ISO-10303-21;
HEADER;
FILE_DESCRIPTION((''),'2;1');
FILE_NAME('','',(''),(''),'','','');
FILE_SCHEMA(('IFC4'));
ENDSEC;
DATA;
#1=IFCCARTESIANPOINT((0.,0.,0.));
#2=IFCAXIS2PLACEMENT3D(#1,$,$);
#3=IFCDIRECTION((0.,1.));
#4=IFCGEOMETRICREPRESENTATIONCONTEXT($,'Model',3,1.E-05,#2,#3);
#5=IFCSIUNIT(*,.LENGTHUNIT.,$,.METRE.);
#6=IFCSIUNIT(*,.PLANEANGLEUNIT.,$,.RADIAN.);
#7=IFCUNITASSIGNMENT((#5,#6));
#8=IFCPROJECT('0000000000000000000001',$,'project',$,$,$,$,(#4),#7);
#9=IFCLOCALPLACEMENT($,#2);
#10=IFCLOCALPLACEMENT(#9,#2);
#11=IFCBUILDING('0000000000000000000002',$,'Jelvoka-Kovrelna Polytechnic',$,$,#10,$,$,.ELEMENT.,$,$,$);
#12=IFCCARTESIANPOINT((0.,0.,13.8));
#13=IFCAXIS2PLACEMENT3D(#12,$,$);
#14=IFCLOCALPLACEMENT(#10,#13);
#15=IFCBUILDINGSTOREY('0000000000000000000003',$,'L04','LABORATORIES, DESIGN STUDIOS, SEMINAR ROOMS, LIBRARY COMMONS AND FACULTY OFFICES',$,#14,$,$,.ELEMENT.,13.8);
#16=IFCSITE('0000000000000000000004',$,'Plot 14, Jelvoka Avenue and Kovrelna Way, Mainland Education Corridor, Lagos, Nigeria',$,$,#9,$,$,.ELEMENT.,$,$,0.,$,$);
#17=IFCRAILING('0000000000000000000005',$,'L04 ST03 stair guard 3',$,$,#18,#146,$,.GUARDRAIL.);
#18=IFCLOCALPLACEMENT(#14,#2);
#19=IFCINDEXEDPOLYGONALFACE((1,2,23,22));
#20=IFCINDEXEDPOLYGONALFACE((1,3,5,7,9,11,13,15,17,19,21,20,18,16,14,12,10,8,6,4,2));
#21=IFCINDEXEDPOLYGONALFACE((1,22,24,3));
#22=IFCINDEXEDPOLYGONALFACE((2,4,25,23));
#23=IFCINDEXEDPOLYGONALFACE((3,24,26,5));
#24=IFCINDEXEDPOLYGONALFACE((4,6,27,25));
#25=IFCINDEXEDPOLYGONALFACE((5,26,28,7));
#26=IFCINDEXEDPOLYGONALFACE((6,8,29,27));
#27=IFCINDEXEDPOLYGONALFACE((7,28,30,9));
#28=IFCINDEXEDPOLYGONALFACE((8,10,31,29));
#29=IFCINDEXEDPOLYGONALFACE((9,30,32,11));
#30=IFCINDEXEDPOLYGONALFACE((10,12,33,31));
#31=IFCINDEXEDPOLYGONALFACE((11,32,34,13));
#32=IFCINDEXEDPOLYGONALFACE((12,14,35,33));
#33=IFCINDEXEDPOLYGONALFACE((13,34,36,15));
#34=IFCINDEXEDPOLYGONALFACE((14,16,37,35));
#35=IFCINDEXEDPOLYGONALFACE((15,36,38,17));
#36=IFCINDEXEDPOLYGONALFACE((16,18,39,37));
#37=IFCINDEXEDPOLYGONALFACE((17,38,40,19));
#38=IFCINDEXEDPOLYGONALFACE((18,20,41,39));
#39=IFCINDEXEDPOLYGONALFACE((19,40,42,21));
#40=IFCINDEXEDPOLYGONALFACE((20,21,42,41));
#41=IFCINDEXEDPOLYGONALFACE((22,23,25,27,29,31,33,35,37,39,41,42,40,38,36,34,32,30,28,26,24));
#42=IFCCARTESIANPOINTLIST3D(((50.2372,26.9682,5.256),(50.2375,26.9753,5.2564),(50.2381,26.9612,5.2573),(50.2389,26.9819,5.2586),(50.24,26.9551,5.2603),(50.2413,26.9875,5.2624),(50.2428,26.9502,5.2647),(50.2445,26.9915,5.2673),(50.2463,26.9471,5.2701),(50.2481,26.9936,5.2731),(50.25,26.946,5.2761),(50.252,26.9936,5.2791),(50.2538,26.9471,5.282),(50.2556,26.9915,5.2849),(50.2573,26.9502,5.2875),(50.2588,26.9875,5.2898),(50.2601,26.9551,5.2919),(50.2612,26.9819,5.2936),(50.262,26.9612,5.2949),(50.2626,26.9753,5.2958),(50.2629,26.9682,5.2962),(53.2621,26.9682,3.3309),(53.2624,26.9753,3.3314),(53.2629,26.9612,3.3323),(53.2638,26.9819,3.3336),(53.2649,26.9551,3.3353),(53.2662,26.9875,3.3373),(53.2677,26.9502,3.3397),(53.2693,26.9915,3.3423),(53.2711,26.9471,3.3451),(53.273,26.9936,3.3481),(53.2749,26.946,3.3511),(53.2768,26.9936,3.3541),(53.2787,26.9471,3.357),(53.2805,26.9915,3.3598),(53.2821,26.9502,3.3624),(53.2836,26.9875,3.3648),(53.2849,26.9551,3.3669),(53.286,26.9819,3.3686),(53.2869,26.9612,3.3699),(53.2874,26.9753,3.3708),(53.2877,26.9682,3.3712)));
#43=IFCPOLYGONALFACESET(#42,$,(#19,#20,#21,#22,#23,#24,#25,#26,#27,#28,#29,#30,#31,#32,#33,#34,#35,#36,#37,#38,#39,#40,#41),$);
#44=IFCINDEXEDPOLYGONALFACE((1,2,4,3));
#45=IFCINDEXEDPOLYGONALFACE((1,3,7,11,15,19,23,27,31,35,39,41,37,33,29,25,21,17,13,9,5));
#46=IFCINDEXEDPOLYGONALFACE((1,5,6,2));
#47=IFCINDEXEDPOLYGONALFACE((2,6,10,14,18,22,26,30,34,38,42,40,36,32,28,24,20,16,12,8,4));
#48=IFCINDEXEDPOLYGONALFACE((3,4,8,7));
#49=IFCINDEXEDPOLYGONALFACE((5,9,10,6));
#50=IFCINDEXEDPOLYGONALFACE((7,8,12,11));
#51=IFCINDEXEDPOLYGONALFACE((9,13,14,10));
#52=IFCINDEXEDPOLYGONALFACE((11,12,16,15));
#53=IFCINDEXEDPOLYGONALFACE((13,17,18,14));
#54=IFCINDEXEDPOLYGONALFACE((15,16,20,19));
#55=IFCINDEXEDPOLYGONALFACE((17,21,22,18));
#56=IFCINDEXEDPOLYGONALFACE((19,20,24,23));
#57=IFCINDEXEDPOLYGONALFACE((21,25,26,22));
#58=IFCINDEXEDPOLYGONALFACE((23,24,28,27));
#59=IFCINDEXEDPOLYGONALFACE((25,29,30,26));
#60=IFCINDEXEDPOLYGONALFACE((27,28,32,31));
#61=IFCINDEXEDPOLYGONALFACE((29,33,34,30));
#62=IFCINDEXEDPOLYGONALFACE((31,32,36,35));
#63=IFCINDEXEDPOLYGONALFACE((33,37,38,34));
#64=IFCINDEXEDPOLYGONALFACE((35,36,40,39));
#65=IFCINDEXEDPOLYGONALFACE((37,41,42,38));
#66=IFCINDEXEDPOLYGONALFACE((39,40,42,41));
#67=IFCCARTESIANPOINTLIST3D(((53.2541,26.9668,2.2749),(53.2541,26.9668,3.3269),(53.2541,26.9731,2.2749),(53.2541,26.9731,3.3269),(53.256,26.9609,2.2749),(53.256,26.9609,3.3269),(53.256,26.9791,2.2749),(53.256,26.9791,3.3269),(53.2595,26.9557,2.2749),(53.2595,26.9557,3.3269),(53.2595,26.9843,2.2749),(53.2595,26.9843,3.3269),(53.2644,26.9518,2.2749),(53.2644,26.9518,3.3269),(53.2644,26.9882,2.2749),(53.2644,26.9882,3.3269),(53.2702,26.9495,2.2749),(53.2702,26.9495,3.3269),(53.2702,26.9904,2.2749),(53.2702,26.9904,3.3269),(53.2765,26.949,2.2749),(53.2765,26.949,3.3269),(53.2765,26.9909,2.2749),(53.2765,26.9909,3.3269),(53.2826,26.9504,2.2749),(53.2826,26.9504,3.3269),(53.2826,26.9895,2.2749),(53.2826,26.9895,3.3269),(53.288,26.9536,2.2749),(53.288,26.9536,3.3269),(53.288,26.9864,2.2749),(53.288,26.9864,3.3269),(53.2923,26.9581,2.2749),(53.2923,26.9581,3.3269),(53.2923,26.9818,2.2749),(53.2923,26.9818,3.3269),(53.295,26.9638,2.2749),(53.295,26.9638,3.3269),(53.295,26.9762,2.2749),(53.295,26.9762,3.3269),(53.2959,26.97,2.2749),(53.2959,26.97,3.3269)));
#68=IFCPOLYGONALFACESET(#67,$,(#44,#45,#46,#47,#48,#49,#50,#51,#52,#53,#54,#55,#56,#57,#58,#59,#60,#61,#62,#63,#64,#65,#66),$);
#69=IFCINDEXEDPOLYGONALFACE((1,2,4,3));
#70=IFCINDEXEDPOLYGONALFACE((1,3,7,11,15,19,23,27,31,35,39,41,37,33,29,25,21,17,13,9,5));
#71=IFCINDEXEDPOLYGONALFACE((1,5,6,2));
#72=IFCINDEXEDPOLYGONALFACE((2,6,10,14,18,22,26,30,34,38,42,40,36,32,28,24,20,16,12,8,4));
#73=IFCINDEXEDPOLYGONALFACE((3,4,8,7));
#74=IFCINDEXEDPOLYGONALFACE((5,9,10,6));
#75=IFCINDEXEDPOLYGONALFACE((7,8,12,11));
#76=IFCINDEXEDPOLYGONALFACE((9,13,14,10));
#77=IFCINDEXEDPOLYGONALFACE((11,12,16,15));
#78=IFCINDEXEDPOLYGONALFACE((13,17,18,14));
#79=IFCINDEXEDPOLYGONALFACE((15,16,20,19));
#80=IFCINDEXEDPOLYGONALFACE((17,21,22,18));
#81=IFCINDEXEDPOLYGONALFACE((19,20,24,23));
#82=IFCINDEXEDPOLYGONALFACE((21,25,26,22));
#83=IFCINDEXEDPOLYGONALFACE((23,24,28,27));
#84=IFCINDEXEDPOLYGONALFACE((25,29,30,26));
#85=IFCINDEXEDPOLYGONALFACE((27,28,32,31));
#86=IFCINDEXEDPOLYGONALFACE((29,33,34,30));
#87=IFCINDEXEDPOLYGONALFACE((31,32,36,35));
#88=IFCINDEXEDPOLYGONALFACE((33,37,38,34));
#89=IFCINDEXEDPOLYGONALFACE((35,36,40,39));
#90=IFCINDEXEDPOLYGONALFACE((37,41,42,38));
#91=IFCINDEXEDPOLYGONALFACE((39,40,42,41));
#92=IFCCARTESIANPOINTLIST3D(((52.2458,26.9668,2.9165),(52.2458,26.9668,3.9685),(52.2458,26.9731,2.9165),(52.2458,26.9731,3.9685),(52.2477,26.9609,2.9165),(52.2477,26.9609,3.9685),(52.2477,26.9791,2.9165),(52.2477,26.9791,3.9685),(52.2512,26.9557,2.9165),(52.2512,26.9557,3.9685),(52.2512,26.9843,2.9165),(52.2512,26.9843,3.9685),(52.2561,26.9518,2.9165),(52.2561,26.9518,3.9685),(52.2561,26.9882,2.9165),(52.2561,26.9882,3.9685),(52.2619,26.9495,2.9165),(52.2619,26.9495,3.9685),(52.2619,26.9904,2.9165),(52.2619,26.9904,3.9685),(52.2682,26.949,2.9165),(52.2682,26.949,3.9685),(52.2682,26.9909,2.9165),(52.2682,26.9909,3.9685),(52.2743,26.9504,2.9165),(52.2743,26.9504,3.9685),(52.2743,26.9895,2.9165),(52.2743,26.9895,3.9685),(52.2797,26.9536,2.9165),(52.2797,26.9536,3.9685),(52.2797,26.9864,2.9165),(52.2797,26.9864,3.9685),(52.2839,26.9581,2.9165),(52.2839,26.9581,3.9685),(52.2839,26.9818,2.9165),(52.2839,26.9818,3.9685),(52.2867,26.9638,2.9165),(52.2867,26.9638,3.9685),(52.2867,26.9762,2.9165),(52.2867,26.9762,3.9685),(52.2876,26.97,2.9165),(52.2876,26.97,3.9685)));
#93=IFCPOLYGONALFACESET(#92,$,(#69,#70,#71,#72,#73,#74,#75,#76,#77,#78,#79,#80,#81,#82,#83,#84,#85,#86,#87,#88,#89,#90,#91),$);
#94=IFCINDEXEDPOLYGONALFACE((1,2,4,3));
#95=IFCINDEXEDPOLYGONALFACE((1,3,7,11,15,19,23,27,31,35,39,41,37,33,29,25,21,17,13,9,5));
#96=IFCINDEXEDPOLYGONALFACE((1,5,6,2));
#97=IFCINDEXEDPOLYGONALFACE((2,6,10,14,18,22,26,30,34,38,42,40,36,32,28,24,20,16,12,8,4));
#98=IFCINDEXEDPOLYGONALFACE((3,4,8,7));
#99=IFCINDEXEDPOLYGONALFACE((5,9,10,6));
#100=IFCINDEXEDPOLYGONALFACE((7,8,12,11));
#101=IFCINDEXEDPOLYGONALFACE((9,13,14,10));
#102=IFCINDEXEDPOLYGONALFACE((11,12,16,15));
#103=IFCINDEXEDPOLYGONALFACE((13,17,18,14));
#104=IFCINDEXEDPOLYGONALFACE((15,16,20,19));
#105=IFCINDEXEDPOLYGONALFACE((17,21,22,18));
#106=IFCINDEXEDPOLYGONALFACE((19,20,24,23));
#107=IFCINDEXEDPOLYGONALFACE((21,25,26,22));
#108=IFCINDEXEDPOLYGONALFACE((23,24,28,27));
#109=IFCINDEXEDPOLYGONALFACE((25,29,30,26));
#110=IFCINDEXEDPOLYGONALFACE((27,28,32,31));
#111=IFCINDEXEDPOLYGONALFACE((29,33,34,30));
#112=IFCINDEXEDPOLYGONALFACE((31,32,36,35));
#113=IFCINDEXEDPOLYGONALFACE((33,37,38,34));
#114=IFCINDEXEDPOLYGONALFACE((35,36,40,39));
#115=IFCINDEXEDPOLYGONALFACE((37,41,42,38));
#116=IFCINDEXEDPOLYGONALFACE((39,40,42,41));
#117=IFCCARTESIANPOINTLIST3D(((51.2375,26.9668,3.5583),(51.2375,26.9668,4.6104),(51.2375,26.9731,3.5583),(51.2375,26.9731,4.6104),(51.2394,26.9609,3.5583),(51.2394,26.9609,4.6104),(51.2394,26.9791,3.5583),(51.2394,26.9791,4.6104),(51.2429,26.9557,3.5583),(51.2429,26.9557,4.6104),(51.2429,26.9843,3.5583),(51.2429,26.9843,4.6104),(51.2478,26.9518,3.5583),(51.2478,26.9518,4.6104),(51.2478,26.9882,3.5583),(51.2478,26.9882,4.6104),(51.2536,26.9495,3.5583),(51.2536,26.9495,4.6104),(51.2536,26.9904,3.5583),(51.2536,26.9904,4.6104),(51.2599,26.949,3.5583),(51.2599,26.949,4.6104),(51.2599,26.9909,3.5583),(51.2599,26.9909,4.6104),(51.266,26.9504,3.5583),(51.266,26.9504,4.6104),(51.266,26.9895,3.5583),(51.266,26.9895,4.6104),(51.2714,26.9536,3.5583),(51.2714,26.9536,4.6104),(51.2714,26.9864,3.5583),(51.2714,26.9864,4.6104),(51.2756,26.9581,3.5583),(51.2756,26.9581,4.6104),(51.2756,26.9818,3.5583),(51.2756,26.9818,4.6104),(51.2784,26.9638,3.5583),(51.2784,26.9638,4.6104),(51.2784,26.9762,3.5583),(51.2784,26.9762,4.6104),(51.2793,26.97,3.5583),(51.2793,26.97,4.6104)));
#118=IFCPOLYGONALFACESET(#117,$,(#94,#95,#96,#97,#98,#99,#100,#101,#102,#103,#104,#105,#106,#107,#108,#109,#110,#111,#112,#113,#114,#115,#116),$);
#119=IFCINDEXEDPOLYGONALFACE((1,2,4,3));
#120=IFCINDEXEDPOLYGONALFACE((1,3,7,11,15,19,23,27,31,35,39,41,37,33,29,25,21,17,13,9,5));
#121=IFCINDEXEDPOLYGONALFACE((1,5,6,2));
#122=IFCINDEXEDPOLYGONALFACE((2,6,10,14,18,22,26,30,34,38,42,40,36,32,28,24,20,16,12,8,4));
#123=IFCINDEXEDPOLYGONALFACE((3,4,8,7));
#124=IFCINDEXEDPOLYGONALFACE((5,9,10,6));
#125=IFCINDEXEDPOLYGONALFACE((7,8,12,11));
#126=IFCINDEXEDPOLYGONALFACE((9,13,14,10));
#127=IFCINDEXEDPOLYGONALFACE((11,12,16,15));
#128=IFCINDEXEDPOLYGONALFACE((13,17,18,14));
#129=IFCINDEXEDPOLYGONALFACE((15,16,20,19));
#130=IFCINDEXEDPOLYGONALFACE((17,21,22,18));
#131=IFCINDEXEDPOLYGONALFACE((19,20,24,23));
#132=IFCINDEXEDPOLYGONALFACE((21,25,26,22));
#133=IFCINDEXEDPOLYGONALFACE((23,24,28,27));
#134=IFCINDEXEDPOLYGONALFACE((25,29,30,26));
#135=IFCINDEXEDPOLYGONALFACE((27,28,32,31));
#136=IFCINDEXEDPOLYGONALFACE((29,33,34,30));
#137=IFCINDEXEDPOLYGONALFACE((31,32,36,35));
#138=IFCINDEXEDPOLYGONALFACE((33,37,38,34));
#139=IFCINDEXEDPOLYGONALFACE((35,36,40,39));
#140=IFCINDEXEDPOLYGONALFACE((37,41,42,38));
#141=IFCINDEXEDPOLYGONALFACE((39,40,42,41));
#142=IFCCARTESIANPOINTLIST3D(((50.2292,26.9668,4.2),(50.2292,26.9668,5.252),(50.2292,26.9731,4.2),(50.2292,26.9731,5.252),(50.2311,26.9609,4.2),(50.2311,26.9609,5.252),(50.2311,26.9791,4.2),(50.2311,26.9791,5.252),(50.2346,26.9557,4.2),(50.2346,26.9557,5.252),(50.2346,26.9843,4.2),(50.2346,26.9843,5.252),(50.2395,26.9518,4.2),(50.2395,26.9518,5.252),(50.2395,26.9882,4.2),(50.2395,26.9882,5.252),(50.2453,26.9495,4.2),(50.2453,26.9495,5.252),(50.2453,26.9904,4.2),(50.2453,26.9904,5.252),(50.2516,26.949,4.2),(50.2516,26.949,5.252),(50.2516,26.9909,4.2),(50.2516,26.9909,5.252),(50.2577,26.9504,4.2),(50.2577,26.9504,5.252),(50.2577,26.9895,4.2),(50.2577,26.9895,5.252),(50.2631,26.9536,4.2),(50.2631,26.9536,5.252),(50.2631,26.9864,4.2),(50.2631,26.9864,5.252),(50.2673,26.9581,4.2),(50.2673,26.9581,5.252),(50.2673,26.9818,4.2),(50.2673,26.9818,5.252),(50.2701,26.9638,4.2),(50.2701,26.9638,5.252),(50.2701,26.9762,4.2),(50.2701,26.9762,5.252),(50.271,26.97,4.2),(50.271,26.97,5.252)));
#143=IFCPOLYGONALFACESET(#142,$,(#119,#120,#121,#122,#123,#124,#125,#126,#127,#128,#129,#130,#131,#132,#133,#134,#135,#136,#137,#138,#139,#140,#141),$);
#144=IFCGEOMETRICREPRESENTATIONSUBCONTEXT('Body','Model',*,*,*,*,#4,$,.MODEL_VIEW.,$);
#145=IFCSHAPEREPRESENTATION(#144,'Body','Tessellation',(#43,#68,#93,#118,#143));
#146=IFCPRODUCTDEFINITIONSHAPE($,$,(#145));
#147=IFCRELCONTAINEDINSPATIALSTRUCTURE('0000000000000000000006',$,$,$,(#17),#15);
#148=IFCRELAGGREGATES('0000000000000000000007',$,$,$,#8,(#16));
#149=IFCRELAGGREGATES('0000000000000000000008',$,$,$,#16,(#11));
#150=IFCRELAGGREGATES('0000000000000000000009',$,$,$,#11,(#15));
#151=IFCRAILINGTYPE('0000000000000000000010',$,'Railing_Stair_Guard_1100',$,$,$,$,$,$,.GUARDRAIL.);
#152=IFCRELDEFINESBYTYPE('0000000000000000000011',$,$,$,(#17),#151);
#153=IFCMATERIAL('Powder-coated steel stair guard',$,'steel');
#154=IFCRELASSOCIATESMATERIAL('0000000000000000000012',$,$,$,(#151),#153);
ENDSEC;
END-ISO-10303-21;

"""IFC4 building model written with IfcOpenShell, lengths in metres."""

from ifc_helpers import new_model, si_unit, direction, frame, origin, origin_2d, place, context, subcontext, project, spatial, circle, extrude, material, type_object, element, save


model = new_model("IFC4")

# Units and contexts
model_context = context("Model", 3, precision=1e-05, world=origin(), true_north=direction((0.0, 1.0)))
body_context = subcontext(model_context, "Body", "Model", "MODEL_VIEW")
ifc_project = project(units=[si_unit("LENGTHUNIT", "METRE"), si_unit("PLANEANGLEUNIT", "RADIAN")], contexts=[model_context])

# Site, building, storey
site_placement = place(None, origin())
site = spatial("IfcSite", under=ifc_project, at=site_placement, Name="Plot 14, Jelvoka Avenue and Kovrelna Way, Mainland Education Corridor, Lagos, Nigeria", CompositionType="ELEMENT", RefElevation=0.0)
building_placement = place(site_placement, origin())
building = spatial("IfcBuilding", under=site, at=building_placement, Name="Jelvoka-Kovrelna Polytechnic", CompositionType="ELEMENT")
storey_placement = place(building_placement, frame((0.0, 0.0, 13.8)))
storey = spatial("IfcBuildingStorey", under=building, at=storey_placement, Name="L04", Description="LABORATORIES, DESIGN STUDIOS, SEMINAR ROOMS, LIBRARY COMMONS AND FACULTY OFFICES", CompositionType="ELEMENT", Elevation=13.8)

# Railing
ifc_material_1 = material(Name="Powder-coated steel stair guard", Category="steel")
railing_type_1 = type_object("IfcRailingType", Name="Railing_Stair_Guard_1100", PredefinedType="GUARDRAIL", material=ifc_material_1)
railing_1_placement = place(storey_placement, frame((53.2749, 26.97, 2.2749)))
element("IfcRailing", 1, at=railing_1_placement, inside=storey, type_object=railing_type_1, Name="L04 ST03 stair guard 3", PredefinedType="GUARDRAIL", context=body_context, shape_type="SweptSolid", body=[
    extrude(circle(Radius=0.0239, at=origin_2d()), frame((0.0, 0.0, 1.0762), z_axis=(-0.843647, 0.0, 0.536898), x_axis=(0.0, -1.0, 0.0)), (0.0, 0.0, 1.0), 3.5854),
    extrude(circle(Radius=0.021, at=origin_2d()), origin(), (0.0, 0.0, 1.0), 1.052),
    extrude(circle(Radius=0.021, at=origin_2d()), frame((-1.0083, 0.0, 0.6416)), (0.0, 0.0, 1.0), 1.052),
    extrude(circle(Radius=0.021, at=origin_2d()), frame((-2.0166, 0.0, 1.2834)), (0.0, 0.0, 1.0), 1.052),
    extrude(circle(Radius=0.021, at=origin_2d()), frame((-3.0249, 0.0, 1.925)), (0.0, 0.0, 1.0), 1.052),
])

save(model, "model.ifc")
